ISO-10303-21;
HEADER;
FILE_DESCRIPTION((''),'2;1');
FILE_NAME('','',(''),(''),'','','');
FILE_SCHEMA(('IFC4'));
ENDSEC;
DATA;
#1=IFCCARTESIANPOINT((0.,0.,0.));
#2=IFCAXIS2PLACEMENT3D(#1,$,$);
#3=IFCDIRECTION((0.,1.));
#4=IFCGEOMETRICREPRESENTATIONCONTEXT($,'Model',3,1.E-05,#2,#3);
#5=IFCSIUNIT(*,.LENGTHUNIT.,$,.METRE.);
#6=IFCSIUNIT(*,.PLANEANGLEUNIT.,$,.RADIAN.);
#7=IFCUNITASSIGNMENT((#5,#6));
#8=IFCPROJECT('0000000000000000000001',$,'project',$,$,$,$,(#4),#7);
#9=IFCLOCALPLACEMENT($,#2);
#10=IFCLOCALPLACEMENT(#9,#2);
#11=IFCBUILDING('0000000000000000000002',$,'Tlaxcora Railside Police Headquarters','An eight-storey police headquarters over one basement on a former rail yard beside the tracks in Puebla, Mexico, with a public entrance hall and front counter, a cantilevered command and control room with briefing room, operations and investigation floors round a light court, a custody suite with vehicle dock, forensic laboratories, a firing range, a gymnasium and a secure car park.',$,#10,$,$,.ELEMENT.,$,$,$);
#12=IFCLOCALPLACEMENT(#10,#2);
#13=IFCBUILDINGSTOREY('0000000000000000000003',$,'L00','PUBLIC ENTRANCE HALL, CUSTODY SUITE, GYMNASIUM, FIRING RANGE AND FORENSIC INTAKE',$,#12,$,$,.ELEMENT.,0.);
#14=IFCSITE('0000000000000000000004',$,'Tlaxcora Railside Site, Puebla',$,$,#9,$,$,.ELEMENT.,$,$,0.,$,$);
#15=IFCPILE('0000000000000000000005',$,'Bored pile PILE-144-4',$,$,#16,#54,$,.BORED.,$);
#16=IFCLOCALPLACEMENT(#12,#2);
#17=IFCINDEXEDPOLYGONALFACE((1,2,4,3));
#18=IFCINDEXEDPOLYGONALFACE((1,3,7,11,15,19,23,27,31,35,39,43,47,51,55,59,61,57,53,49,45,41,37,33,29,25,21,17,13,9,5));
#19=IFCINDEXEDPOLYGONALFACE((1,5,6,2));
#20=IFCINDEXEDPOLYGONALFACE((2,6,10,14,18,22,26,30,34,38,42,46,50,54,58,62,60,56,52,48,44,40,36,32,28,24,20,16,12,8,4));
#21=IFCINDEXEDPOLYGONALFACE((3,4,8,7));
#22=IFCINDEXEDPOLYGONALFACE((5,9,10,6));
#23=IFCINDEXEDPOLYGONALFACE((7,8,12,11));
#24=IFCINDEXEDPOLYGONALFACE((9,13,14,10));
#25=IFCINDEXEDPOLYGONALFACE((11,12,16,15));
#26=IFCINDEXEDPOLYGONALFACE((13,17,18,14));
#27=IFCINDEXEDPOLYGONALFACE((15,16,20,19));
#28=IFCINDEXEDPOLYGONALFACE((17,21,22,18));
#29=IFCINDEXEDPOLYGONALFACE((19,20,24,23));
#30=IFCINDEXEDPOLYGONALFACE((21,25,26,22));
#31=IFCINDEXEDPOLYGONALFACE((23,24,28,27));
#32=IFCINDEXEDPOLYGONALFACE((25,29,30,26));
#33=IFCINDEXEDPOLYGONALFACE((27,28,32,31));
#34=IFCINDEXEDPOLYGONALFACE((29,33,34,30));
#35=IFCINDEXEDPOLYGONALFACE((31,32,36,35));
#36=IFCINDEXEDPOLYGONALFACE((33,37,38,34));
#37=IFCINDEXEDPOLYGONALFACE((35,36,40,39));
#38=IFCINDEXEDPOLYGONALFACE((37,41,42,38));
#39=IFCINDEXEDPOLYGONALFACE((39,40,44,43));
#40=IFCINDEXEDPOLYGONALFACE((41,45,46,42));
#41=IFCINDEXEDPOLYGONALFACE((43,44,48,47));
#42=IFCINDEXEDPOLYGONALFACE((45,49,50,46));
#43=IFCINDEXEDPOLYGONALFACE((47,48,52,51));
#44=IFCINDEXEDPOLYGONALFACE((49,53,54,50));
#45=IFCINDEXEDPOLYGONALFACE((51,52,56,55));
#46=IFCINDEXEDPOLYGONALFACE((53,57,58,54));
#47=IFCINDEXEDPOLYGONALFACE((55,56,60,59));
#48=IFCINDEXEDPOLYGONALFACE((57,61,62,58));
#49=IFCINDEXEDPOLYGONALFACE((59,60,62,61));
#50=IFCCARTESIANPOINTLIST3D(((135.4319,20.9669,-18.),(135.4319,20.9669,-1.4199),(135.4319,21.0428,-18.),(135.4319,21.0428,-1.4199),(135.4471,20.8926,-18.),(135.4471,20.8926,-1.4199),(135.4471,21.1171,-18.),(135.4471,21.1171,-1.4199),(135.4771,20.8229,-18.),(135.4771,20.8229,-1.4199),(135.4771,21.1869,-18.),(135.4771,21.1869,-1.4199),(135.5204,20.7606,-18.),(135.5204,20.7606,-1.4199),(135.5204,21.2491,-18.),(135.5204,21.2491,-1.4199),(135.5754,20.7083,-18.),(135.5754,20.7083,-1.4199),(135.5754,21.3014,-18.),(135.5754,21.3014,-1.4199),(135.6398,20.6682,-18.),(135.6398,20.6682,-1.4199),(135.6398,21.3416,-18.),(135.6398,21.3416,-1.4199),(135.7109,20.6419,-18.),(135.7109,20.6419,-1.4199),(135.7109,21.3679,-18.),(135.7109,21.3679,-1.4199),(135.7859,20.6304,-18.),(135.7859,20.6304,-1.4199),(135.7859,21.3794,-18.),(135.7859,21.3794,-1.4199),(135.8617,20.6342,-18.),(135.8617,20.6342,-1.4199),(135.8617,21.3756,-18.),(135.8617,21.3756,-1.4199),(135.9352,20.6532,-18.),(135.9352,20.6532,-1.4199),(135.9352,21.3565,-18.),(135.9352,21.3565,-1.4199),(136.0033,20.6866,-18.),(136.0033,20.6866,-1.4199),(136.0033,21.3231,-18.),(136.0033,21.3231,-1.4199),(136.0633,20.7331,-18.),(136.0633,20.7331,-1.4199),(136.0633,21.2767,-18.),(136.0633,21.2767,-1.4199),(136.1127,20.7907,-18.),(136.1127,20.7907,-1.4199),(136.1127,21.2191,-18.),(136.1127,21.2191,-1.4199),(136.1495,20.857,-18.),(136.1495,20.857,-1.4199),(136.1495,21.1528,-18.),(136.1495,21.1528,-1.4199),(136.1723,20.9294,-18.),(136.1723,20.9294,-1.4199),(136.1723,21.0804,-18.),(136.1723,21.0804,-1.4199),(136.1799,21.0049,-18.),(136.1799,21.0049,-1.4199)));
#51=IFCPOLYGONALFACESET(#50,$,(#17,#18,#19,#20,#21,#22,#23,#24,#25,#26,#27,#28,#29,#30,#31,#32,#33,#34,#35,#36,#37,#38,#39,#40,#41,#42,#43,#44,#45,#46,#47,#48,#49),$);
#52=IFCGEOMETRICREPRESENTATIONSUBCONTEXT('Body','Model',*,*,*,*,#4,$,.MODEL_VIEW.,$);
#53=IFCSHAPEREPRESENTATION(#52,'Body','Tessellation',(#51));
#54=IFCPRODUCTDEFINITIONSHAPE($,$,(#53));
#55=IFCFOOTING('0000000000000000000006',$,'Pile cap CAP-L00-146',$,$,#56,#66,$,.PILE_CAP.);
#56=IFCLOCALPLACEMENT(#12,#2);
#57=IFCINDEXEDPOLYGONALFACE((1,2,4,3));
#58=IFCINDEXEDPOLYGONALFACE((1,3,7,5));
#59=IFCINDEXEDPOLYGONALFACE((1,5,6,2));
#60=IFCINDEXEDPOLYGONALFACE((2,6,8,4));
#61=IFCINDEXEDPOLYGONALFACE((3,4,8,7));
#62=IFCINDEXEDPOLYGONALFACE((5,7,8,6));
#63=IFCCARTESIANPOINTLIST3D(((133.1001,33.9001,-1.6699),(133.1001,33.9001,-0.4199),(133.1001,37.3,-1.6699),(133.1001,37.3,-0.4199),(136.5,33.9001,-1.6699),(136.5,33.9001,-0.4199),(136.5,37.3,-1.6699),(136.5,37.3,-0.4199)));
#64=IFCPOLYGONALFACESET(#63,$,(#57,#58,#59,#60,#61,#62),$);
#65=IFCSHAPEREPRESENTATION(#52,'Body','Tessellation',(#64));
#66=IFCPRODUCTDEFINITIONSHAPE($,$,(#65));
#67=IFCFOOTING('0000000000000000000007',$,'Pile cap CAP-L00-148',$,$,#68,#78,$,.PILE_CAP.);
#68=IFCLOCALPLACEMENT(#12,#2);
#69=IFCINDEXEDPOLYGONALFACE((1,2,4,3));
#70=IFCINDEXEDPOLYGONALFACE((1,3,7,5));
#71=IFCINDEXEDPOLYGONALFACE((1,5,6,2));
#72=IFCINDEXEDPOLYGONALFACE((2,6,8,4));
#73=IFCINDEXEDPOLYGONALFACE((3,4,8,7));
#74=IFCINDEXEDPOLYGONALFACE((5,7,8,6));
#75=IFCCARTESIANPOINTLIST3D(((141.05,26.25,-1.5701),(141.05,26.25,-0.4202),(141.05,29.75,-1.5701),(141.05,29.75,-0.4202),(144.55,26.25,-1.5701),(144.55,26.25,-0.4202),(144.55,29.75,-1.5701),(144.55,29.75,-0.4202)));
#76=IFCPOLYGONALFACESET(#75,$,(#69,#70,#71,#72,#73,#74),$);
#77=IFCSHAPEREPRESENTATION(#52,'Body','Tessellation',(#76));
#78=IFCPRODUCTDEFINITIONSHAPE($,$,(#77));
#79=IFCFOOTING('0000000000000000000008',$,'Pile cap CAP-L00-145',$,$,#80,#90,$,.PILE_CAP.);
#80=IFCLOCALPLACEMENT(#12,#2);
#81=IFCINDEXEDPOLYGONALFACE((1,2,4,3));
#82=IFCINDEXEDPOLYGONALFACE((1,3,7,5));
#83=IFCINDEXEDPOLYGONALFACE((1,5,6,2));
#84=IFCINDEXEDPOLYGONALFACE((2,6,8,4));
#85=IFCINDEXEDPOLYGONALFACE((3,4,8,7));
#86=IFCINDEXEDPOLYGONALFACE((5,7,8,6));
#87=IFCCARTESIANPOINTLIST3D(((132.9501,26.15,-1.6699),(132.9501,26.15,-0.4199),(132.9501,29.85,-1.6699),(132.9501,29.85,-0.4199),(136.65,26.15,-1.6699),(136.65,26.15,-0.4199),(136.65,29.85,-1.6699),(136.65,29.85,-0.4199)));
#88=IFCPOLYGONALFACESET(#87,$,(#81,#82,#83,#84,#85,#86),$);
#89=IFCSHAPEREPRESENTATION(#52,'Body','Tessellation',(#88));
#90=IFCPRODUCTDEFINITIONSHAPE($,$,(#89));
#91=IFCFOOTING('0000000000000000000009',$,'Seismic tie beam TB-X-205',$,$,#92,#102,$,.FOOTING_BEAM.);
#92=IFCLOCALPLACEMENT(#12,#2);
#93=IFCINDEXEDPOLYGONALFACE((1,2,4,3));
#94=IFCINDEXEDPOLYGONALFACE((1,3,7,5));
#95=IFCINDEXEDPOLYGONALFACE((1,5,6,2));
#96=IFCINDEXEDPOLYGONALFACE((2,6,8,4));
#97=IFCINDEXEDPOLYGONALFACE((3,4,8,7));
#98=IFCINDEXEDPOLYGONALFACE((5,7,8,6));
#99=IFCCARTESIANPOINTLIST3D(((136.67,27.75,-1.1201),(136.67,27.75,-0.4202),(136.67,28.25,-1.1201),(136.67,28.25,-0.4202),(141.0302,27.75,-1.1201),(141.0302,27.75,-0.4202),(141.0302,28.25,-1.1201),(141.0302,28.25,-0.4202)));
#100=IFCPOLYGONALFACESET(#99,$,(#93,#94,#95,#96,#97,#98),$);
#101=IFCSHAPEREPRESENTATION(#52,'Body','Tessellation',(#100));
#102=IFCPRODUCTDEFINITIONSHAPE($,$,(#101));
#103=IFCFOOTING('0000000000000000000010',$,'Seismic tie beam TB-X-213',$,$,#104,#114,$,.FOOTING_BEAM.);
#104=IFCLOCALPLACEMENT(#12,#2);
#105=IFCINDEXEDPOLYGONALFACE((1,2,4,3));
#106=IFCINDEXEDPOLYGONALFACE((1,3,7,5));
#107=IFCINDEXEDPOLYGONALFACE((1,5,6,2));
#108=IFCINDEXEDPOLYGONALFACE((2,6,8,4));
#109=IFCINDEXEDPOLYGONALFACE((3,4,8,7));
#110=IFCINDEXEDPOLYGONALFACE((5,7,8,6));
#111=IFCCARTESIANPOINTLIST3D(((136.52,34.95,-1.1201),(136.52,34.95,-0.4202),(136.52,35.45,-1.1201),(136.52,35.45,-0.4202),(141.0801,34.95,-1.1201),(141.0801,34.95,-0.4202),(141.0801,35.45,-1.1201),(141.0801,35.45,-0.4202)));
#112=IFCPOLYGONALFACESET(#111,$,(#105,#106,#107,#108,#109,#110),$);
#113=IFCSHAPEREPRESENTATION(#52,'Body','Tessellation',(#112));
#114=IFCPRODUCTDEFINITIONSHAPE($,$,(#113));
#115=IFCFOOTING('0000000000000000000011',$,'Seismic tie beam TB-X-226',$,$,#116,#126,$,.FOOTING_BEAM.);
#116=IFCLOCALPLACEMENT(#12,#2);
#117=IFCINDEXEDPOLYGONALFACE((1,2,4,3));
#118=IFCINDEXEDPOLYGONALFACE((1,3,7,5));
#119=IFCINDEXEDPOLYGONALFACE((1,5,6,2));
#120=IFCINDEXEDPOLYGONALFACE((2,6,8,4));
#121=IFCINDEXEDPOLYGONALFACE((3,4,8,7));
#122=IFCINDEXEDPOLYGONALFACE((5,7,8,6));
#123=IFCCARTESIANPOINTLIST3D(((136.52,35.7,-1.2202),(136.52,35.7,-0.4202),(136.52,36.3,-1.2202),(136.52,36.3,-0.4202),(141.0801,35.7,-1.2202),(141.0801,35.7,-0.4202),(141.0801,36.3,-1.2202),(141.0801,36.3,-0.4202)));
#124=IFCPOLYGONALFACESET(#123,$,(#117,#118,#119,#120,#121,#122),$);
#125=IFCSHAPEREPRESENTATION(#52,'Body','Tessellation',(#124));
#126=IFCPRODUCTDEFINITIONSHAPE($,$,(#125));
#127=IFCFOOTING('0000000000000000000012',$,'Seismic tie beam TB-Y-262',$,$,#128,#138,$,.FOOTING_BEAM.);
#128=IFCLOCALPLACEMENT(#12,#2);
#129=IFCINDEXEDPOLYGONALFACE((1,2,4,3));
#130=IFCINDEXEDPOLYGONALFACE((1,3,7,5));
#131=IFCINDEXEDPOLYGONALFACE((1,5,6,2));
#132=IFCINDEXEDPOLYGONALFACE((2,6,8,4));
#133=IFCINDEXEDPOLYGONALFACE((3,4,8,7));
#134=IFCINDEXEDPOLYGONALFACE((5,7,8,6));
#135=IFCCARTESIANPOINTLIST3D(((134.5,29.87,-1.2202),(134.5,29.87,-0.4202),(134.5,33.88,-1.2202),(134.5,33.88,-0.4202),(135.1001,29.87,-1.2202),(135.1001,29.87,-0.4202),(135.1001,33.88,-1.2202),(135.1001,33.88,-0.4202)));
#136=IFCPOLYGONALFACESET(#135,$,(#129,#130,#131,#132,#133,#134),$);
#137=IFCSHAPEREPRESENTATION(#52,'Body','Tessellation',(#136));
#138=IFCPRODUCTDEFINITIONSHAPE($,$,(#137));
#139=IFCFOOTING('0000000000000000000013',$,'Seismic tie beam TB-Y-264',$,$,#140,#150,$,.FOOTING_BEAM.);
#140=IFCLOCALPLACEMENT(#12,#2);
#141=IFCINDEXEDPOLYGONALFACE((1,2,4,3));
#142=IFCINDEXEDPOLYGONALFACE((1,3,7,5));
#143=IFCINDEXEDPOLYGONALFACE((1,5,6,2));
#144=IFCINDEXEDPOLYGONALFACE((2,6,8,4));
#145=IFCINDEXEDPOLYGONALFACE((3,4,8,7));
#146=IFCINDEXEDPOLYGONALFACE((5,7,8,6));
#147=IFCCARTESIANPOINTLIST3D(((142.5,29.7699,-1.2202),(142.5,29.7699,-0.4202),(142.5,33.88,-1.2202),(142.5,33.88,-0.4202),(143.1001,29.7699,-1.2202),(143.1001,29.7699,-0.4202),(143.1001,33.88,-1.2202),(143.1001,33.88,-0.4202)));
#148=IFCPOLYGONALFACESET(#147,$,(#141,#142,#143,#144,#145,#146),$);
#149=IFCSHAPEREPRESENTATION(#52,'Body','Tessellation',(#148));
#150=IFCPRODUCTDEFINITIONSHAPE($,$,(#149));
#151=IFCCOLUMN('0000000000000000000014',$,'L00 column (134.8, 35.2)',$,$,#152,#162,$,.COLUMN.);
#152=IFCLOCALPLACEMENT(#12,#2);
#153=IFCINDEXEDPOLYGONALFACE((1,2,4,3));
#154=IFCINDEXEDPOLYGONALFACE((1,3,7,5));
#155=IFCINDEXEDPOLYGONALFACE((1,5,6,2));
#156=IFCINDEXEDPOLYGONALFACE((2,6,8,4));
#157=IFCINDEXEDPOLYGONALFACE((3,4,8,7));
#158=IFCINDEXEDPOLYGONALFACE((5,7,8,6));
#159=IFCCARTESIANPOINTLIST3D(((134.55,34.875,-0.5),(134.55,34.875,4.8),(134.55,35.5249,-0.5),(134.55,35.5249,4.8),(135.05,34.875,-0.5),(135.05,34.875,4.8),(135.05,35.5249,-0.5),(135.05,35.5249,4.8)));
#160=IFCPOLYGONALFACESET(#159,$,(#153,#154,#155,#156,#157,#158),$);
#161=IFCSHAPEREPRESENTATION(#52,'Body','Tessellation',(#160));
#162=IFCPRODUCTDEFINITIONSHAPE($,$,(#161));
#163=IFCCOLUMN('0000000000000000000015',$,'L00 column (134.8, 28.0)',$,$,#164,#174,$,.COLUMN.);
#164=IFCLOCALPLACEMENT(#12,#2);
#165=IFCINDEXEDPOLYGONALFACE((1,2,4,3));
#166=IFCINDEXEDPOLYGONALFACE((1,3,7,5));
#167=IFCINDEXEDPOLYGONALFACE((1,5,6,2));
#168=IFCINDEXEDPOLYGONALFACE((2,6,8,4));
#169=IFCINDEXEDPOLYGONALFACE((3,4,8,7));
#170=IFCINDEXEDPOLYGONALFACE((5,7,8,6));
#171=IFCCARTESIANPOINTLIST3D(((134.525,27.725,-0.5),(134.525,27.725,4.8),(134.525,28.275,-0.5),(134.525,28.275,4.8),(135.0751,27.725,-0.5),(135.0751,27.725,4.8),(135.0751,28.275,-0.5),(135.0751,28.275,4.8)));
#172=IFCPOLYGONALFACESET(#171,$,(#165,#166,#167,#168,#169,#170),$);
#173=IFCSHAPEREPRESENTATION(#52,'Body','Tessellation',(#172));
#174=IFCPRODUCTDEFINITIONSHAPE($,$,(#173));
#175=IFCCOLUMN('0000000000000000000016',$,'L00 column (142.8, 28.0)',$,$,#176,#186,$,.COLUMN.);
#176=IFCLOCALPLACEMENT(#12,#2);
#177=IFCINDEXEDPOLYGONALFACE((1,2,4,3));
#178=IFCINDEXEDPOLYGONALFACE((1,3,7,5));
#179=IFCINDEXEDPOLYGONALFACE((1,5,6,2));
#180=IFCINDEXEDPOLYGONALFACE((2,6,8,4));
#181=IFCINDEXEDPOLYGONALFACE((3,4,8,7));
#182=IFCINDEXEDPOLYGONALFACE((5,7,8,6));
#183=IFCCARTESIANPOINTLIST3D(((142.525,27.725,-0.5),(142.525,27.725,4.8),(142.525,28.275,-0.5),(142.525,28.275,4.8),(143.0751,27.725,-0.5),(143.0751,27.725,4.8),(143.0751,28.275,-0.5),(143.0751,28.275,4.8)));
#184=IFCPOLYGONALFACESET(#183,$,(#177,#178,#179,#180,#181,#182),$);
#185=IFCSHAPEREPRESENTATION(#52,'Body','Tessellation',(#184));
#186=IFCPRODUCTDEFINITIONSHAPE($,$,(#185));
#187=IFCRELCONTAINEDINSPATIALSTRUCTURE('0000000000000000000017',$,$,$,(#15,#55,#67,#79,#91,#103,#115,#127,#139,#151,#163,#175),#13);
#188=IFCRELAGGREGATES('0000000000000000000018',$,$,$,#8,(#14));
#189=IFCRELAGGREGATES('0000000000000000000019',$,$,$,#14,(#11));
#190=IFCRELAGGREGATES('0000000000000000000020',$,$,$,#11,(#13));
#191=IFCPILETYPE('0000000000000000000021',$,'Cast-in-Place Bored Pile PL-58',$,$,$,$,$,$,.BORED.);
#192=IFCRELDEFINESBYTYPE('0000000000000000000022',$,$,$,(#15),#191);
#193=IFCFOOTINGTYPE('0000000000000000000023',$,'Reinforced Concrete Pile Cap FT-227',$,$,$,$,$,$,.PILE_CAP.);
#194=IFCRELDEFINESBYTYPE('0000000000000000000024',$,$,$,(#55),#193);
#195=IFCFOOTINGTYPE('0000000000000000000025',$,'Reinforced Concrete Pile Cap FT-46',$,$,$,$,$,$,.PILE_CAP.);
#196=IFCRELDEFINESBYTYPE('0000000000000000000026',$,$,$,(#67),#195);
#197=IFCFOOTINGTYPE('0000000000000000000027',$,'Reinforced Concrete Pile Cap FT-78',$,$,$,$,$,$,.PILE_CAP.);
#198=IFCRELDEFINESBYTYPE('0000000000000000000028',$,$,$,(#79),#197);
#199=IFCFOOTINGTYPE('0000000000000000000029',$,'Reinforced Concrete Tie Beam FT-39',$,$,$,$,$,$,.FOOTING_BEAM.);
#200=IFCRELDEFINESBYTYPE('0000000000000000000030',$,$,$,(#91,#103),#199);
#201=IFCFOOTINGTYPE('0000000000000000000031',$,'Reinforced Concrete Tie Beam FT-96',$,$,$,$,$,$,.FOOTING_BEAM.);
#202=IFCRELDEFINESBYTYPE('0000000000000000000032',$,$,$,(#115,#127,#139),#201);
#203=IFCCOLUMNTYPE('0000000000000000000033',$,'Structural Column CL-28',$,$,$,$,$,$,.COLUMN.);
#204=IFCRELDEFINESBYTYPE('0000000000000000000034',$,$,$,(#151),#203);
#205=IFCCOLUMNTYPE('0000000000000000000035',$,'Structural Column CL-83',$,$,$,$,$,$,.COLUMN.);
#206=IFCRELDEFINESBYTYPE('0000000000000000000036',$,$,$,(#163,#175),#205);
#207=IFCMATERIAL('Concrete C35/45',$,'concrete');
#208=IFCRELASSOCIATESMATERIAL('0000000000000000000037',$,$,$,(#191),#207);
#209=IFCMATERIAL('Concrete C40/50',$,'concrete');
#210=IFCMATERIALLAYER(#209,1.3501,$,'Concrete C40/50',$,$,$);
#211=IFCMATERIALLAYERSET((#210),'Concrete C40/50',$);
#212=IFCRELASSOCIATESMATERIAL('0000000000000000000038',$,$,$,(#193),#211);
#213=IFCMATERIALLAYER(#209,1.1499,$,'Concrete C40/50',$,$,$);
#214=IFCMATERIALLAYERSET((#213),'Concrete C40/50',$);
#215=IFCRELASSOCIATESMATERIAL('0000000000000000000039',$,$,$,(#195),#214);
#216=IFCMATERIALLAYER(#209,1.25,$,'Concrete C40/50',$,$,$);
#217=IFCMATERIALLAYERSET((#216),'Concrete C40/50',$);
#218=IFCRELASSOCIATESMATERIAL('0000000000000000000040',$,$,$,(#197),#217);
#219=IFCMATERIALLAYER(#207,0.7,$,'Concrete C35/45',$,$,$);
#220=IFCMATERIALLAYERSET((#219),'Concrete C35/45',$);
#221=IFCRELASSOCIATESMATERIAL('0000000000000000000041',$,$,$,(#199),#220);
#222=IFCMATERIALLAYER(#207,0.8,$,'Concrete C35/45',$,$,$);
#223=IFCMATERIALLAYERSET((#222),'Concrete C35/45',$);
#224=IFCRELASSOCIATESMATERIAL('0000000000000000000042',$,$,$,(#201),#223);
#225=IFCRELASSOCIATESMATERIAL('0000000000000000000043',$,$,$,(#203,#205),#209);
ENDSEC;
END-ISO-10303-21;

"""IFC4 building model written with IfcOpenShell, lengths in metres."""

from ifc_helpers import new_model, si_unit, direction, frame, origin, origin_2d, place, context, subcontext, project, spatial, rectangle, circle, extrude, material, layer, layer_set, material_profile, profile_set, type_object, element, save


model = new_model("IFC4")

# Units and contexts
model_context = context("Model", 3, precision=1e-05, world=origin(), true_north=direction((0.0, 1.0)))
body_context = subcontext(model_context, "Body", "Model", "MODEL_VIEW")
ifc_project = project(units=[si_unit("LENGTHUNIT", "METRE"), si_unit("PLANEANGLEUNIT", "RADIAN")], contexts=[model_context])

# Site, building, storey
site_placement = place(None, origin())
site = spatial("IfcSite", under=ifc_project, at=site_placement, Name="Tlaxcora Railside Site, Puebla", CompositionType="ELEMENT", RefElevation=0.0)
building_placement = place(site_placement, origin())
building = spatial("IfcBuilding", under=site, at=building_placement, Name="Tlaxcora Railside Police Headquarters", Description="An eight-storey police headquarters over one basement on a former rail yard beside the tracks in Puebla, Mexico, with a public entrance hall and front counter, a cantilevered command and control room with briefing room, operations and investigation floors round a light court, a custody suite with vehicle dock, forensic laboratories, a firing range, a gymnasium and a secure car park.", CompositionType="ELEMENT")
storey_placement = place(building_placement, origin())
storey = spatial("IfcBuildingStorey", under=building, at=storey_placement, Name="L00", Description="PUBLIC ENTRANCE HALL, CUSTODY SUITE, GYMNASIUM, FIRING RANGE AND FORENSIC INTAKE", CompositionType="ELEMENT", Elevation=0.0)

# Pile
ifc_material_1 = material(Name="Concrete C35/45", Category="concrete")
ifc_material_profile_1 = material_profile(ifc_material_1, circle(Radius=0.375, at=origin_2d()), Name="PILE750")
ifc_profile_set_1 = profile_set([ifc_material_profile_1], Name="Concrete C35/45")
pile_type_1 = type_object("IfcPileType", Name="Cast-in-Place Bored Pile PL-58", PredefinedType="BORED", material=ifc_profile_set_1)
pile_1_placement = place(storey_placement, frame((135.8049, 21.0049, -1.4199), z_axis=(0.0, 0.0, -1.0), x_axis=(1.0, 0.0, 0.0)))
element("IfcPile", 1, at=pile_1_placement, inside=storey, type_object=pile_type_1, Name="Bored pile PILE-144-4", PredefinedType="BORED", context=body_context, shape_type="SweptSolid", body=[
    extrude(circle(Radius=0.375, at=origin_2d()), origin(), (0.0, 0.0, 1.0), 16.5801),
])

# Footings
ifc_material_2 = material(Name="Concrete C40/50", Category="concrete")
ifc_layer_1 = layer(ifc_material_2, 1.3501, Name="Concrete C40/50")
ifc_layer_set_1 = layer_set([ifc_layer_1], Name="Concrete C40/50")
footing_type_1 = type_object("IfcFootingType", Name="Reinforced Concrete Pile Cap FT-227", PredefinedType="PILE_CAP", material=ifc_layer_set_1)
footing_1_placement = place(storey_placement, frame((134.8, 35.6001, -1.6699), z_axis=(0.0, 0.0, 1.0), x_axis=(1.0, 0.0, 0.0)))
element("IfcFooting", 2, at=footing_1_placement, inside=storey, type_object=footing_type_1, Name="Pile cap CAP-L00-146", PredefinedType="PILE_CAP", context=body_context, shape_type="SweptSolid", body=[
    extrude(rectangle(XDim=3.3999, YDim=3.3999, at=origin_2d()), origin(), (0.0, 0.0, 1.0), 1.25),
])
ifc_layer_2 = layer(ifc_material_2, 1.1499, Name="Concrete C40/50")
ifc_layer_set_2 = layer_set([ifc_layer_2], Name="Concrete C40/50")
footing_type_2 = type_object("IfcFootingType", Name="Reinforced Concrete Pile Cap FT-46", PredefinedType="PILE_CAP", material=ifc_layer_set_2)
footing_2_placement = place(storey_placement, frame((142.8, 28.0, -1.5701), z_axis=(0.0, 0.0, 1.0), x_axis=(1.0, 0.0, 0.0)))
element("IfcFooting", 3, at=footing_2_placement, inside=storey, type_object=footing_type_2, Name="Pile cap CAP-L00-148", PredefinedType="PILE_CAP", context=body_context, shape_type="SweptSolid", body=[
    extrude(rectangle(XDim=3.5, YDim=3.5, at=origin_2d()), origin(), (0.0, 0.0, 1.0), 1.1499),
])
ifc_layer_3 = layer(ifc_material_2, 1.25, Name="Concrete C40/50")
ifc_layer_set_3 = layer_set([ifc_layer_3], Name="Concrete C40/50")
footing_type_3 = type_object("IfcFootingType", Name="Reinforced Concrete Pile Cap FT-78", PredefinedType="PILE_CAP", material=ifc_layer_set_3)
footing_3_placement = place(storey_placement, frame((134.8, 28.0, -1.6699), z_axis=(0.0, 0.0, 1.0), x_axis=(1.0, 0.0, 0.0)))
element("IfcFooting", 4, at=footing_3_placement, inside=storey, type_object=footing_type_3, Name="Pile cap CAP-L00-145", PredefinedType="PILE_CAP", context=body_context, shape_type="SweptSolid", body=[
    extrude(rectangle(XDim=3.7, YDim=3.7, at=origin_2d()), origin(), (0.0, 0.0, 1.0), 1.25),
])
ifc_layer_4 = layer(ifc_material_1, 0.7, Name="Concrete C35/45")
ifc_layer_set_4 = layer_set([ifc_layer_4], Name="Concrete C35/45")
footing_type_4 = type_object("IfcFootingType", Name="Reinforced Concrete Tie Beam FT-39", PredefinedType="FOOTING_BEAM", material=ifc_layer_set_4)
footing_4_placement = place(storey_placement, frame((138.8501, 28.0, -1.1201), z_axis=(0.0, 0.0, 1.0), x_axis=(1.0, 0.0, 0.0)))
element("IfcFooting", 5, at=footing_4_placement, inside=storey, type_object=footing_type_4, Name="Seismic tie beam TB-X-205", PredefinedType="FOOTING_BEAM", context=body_context, shape_type="SweptSolid", body=[
    extrude(rectangle(XDim=4.3601, YDim=0.5, at=origin_2d()), origin(), (0.0, 0.0, 1.0), 0.7),
])
footing_5_placement = place(storey_placement, frame((138.8, 35.2, -1.1201), z_axis=(0.0, 0.0, 1.0), x_axis=(1.0, 0.0, 0.0)))
element("IfcFooting", 6, at=footing_5_placement, inside=storey, type_object=footing_type_4, Name="Seismic tie beam TB-X-213", PredefinedType="FOOTING_BEAM", context=body_context, shape_type="SweptSolid", body=[
    extrude(rectangle(XDim=4.5601, YDim=0.5, at=origin_2d()), origin(), (0.0, 0.0, 1.0), 0.7),
])
ifc_layer_5 = layer(ifc_material_1, 0.8, Name="Concrete C35/45")
ifc_layer_set_5 = layer_set([ifc_layer_5], Name="Concrete C35/45")
footing_type_5 = type_object("IfcFootingType", Name="Reinforced Concrete Tie Beam FT-96", PredefinedType="FOOTING_BEAM", material=ifc_layer_set_5)
footing_6_placement = place(storey_placement, frame((138.8, 36.0, -1.2202), z_axis=(0.0, 0.0, 1.0), x_axis=(1.0, 0.0, 0.0)))
element("IfcFooting", 7, at=footing_6_placement, inside=storey, type_object=footing_type_5, Name="Seismic tie beam TB-X-226", PredefinedType="FOOTING_BEAM", context=body_context, shape_type="SweptSolid", body=[
    extrude(rectangle(XDim=4.5601, YDim=0.6001, at=origin_2d()), origin(), (0.0, 0.0, 1.0), 0.8),
])
footing_7_placement = place(storey_placement, frame((134.8, 31.875, -1.2202), z_axis=(0.0, 0.0, 1.0), x_axis=(0.0, 1.0, 0.0)))
element("IfcFooting", 8, at=footing_7_placement, inside=storey, type_object=footing_type_5, Name="Seismic tie beam TB-Y-262", PredefinedType="FOOTING_BEAM", context=body_context, shape_type="SweptSolid", body=[
    extrude(rectangle(XDim=4.01, YDim=0.6001, at=origin_2d()), origin(), (0.0, 0.0, 1.0), 0.8),
])
footing_8_placement = place(storey_placement, frame((142.8, 31.825, -1.2202), z_axis=(0.0, 0.0, 1.0), x_axis=(0.0, 1.0, 0.0)))
element("IfcFooting", 9, at=footing_8_placement, inside=storey, type_object=footing_type_5, Name="Seismic tie beam TB-Y-264", PredefinedType="FOOTING_BEAM", context=body_context, shape_type="SweptSolid", body=[
    extrude(rectangle(XDim=4.1101, YDim=0.6001, at=origin_2d()), origin(), (0.0, 0.0, 1.0), 0.8),
])

# Columns
ifc_material_profile_2 = material_profile(ifc_material_2, rectangle(XDim=0.5, YDim=0.6499, at=origin_2d()), Name="RC500X650")
ifc_profile_set_2 = profile_set([ifc_material_profile_2], Name="Concrete C40/50")
column_type_1 = type_object("IfcColumnType", Name="Structural Column CL-28", PredefinedType="COLUMN", material=ifc_profile_set_2)
column_1_placement = place(storey_placement, frame((134.8, 35.2, -0.5), z_axis=(0.0, 0.0, 1.0), x_axis=(1.0, 0.0, 0.0)))
element("IfcColumn", 10, at=column_1_placement, inside=storey, type_object=column_type_1, Name="L00 column (134.8, 35.2)", PredefinedType="COLUMN", context=body_context, shape_type="SweptSolid", body=[
    extrude(rectangle(XDim=0.5, YDim=0.6499, at=origin_2d()), origin(), (0.0, 0.0, 1.0), 5.3),
])
ifc_material_profile_3 = material_profile(ifc_material_2, rectangle(XDim=0.55, YDim=0.55, at=origin_2d()), Name="RC550X550")
ifc_profile_set_3 = profile_set([ifc_material_profile_3], Name="Concrete C40/50")
column_type_2 = type_object("IfcColumnType", Name="Structural Column CL-83", PredefinedType="COLUMN", material=ifc_profile_set_3)
for number, where, z_axis, x_axis, name in (
    (11, (134.8, 28.0, -0.5), (0.0, 0.0, 1.0), (1.0, 0.0, 0.0), "L00 column (134.8, 28.0)"),
    (12, (142.8, 28.0, -0.5), (0.0, 0.0, 1.0), (1.0, 0.0, 0.0), "L00 column (142.8, 28.0)"),
):
    element("IfcColumn", number, at=place(storey_placement, frame(where, z_axis=z_axis, x_axis=x_axis)), inside=storey, type_object=column_type_2, Name=name, PredefinedType="COLUMN", context=body_context, shape_type="SweptSolid", body=[
        extrude(rectangle(XDim=0.55, YDim=0.55, at=origin_2d()), origin(), (0.0, 0.0, 1.0), 5.3),
    ])

save(model, "model.ifc")
